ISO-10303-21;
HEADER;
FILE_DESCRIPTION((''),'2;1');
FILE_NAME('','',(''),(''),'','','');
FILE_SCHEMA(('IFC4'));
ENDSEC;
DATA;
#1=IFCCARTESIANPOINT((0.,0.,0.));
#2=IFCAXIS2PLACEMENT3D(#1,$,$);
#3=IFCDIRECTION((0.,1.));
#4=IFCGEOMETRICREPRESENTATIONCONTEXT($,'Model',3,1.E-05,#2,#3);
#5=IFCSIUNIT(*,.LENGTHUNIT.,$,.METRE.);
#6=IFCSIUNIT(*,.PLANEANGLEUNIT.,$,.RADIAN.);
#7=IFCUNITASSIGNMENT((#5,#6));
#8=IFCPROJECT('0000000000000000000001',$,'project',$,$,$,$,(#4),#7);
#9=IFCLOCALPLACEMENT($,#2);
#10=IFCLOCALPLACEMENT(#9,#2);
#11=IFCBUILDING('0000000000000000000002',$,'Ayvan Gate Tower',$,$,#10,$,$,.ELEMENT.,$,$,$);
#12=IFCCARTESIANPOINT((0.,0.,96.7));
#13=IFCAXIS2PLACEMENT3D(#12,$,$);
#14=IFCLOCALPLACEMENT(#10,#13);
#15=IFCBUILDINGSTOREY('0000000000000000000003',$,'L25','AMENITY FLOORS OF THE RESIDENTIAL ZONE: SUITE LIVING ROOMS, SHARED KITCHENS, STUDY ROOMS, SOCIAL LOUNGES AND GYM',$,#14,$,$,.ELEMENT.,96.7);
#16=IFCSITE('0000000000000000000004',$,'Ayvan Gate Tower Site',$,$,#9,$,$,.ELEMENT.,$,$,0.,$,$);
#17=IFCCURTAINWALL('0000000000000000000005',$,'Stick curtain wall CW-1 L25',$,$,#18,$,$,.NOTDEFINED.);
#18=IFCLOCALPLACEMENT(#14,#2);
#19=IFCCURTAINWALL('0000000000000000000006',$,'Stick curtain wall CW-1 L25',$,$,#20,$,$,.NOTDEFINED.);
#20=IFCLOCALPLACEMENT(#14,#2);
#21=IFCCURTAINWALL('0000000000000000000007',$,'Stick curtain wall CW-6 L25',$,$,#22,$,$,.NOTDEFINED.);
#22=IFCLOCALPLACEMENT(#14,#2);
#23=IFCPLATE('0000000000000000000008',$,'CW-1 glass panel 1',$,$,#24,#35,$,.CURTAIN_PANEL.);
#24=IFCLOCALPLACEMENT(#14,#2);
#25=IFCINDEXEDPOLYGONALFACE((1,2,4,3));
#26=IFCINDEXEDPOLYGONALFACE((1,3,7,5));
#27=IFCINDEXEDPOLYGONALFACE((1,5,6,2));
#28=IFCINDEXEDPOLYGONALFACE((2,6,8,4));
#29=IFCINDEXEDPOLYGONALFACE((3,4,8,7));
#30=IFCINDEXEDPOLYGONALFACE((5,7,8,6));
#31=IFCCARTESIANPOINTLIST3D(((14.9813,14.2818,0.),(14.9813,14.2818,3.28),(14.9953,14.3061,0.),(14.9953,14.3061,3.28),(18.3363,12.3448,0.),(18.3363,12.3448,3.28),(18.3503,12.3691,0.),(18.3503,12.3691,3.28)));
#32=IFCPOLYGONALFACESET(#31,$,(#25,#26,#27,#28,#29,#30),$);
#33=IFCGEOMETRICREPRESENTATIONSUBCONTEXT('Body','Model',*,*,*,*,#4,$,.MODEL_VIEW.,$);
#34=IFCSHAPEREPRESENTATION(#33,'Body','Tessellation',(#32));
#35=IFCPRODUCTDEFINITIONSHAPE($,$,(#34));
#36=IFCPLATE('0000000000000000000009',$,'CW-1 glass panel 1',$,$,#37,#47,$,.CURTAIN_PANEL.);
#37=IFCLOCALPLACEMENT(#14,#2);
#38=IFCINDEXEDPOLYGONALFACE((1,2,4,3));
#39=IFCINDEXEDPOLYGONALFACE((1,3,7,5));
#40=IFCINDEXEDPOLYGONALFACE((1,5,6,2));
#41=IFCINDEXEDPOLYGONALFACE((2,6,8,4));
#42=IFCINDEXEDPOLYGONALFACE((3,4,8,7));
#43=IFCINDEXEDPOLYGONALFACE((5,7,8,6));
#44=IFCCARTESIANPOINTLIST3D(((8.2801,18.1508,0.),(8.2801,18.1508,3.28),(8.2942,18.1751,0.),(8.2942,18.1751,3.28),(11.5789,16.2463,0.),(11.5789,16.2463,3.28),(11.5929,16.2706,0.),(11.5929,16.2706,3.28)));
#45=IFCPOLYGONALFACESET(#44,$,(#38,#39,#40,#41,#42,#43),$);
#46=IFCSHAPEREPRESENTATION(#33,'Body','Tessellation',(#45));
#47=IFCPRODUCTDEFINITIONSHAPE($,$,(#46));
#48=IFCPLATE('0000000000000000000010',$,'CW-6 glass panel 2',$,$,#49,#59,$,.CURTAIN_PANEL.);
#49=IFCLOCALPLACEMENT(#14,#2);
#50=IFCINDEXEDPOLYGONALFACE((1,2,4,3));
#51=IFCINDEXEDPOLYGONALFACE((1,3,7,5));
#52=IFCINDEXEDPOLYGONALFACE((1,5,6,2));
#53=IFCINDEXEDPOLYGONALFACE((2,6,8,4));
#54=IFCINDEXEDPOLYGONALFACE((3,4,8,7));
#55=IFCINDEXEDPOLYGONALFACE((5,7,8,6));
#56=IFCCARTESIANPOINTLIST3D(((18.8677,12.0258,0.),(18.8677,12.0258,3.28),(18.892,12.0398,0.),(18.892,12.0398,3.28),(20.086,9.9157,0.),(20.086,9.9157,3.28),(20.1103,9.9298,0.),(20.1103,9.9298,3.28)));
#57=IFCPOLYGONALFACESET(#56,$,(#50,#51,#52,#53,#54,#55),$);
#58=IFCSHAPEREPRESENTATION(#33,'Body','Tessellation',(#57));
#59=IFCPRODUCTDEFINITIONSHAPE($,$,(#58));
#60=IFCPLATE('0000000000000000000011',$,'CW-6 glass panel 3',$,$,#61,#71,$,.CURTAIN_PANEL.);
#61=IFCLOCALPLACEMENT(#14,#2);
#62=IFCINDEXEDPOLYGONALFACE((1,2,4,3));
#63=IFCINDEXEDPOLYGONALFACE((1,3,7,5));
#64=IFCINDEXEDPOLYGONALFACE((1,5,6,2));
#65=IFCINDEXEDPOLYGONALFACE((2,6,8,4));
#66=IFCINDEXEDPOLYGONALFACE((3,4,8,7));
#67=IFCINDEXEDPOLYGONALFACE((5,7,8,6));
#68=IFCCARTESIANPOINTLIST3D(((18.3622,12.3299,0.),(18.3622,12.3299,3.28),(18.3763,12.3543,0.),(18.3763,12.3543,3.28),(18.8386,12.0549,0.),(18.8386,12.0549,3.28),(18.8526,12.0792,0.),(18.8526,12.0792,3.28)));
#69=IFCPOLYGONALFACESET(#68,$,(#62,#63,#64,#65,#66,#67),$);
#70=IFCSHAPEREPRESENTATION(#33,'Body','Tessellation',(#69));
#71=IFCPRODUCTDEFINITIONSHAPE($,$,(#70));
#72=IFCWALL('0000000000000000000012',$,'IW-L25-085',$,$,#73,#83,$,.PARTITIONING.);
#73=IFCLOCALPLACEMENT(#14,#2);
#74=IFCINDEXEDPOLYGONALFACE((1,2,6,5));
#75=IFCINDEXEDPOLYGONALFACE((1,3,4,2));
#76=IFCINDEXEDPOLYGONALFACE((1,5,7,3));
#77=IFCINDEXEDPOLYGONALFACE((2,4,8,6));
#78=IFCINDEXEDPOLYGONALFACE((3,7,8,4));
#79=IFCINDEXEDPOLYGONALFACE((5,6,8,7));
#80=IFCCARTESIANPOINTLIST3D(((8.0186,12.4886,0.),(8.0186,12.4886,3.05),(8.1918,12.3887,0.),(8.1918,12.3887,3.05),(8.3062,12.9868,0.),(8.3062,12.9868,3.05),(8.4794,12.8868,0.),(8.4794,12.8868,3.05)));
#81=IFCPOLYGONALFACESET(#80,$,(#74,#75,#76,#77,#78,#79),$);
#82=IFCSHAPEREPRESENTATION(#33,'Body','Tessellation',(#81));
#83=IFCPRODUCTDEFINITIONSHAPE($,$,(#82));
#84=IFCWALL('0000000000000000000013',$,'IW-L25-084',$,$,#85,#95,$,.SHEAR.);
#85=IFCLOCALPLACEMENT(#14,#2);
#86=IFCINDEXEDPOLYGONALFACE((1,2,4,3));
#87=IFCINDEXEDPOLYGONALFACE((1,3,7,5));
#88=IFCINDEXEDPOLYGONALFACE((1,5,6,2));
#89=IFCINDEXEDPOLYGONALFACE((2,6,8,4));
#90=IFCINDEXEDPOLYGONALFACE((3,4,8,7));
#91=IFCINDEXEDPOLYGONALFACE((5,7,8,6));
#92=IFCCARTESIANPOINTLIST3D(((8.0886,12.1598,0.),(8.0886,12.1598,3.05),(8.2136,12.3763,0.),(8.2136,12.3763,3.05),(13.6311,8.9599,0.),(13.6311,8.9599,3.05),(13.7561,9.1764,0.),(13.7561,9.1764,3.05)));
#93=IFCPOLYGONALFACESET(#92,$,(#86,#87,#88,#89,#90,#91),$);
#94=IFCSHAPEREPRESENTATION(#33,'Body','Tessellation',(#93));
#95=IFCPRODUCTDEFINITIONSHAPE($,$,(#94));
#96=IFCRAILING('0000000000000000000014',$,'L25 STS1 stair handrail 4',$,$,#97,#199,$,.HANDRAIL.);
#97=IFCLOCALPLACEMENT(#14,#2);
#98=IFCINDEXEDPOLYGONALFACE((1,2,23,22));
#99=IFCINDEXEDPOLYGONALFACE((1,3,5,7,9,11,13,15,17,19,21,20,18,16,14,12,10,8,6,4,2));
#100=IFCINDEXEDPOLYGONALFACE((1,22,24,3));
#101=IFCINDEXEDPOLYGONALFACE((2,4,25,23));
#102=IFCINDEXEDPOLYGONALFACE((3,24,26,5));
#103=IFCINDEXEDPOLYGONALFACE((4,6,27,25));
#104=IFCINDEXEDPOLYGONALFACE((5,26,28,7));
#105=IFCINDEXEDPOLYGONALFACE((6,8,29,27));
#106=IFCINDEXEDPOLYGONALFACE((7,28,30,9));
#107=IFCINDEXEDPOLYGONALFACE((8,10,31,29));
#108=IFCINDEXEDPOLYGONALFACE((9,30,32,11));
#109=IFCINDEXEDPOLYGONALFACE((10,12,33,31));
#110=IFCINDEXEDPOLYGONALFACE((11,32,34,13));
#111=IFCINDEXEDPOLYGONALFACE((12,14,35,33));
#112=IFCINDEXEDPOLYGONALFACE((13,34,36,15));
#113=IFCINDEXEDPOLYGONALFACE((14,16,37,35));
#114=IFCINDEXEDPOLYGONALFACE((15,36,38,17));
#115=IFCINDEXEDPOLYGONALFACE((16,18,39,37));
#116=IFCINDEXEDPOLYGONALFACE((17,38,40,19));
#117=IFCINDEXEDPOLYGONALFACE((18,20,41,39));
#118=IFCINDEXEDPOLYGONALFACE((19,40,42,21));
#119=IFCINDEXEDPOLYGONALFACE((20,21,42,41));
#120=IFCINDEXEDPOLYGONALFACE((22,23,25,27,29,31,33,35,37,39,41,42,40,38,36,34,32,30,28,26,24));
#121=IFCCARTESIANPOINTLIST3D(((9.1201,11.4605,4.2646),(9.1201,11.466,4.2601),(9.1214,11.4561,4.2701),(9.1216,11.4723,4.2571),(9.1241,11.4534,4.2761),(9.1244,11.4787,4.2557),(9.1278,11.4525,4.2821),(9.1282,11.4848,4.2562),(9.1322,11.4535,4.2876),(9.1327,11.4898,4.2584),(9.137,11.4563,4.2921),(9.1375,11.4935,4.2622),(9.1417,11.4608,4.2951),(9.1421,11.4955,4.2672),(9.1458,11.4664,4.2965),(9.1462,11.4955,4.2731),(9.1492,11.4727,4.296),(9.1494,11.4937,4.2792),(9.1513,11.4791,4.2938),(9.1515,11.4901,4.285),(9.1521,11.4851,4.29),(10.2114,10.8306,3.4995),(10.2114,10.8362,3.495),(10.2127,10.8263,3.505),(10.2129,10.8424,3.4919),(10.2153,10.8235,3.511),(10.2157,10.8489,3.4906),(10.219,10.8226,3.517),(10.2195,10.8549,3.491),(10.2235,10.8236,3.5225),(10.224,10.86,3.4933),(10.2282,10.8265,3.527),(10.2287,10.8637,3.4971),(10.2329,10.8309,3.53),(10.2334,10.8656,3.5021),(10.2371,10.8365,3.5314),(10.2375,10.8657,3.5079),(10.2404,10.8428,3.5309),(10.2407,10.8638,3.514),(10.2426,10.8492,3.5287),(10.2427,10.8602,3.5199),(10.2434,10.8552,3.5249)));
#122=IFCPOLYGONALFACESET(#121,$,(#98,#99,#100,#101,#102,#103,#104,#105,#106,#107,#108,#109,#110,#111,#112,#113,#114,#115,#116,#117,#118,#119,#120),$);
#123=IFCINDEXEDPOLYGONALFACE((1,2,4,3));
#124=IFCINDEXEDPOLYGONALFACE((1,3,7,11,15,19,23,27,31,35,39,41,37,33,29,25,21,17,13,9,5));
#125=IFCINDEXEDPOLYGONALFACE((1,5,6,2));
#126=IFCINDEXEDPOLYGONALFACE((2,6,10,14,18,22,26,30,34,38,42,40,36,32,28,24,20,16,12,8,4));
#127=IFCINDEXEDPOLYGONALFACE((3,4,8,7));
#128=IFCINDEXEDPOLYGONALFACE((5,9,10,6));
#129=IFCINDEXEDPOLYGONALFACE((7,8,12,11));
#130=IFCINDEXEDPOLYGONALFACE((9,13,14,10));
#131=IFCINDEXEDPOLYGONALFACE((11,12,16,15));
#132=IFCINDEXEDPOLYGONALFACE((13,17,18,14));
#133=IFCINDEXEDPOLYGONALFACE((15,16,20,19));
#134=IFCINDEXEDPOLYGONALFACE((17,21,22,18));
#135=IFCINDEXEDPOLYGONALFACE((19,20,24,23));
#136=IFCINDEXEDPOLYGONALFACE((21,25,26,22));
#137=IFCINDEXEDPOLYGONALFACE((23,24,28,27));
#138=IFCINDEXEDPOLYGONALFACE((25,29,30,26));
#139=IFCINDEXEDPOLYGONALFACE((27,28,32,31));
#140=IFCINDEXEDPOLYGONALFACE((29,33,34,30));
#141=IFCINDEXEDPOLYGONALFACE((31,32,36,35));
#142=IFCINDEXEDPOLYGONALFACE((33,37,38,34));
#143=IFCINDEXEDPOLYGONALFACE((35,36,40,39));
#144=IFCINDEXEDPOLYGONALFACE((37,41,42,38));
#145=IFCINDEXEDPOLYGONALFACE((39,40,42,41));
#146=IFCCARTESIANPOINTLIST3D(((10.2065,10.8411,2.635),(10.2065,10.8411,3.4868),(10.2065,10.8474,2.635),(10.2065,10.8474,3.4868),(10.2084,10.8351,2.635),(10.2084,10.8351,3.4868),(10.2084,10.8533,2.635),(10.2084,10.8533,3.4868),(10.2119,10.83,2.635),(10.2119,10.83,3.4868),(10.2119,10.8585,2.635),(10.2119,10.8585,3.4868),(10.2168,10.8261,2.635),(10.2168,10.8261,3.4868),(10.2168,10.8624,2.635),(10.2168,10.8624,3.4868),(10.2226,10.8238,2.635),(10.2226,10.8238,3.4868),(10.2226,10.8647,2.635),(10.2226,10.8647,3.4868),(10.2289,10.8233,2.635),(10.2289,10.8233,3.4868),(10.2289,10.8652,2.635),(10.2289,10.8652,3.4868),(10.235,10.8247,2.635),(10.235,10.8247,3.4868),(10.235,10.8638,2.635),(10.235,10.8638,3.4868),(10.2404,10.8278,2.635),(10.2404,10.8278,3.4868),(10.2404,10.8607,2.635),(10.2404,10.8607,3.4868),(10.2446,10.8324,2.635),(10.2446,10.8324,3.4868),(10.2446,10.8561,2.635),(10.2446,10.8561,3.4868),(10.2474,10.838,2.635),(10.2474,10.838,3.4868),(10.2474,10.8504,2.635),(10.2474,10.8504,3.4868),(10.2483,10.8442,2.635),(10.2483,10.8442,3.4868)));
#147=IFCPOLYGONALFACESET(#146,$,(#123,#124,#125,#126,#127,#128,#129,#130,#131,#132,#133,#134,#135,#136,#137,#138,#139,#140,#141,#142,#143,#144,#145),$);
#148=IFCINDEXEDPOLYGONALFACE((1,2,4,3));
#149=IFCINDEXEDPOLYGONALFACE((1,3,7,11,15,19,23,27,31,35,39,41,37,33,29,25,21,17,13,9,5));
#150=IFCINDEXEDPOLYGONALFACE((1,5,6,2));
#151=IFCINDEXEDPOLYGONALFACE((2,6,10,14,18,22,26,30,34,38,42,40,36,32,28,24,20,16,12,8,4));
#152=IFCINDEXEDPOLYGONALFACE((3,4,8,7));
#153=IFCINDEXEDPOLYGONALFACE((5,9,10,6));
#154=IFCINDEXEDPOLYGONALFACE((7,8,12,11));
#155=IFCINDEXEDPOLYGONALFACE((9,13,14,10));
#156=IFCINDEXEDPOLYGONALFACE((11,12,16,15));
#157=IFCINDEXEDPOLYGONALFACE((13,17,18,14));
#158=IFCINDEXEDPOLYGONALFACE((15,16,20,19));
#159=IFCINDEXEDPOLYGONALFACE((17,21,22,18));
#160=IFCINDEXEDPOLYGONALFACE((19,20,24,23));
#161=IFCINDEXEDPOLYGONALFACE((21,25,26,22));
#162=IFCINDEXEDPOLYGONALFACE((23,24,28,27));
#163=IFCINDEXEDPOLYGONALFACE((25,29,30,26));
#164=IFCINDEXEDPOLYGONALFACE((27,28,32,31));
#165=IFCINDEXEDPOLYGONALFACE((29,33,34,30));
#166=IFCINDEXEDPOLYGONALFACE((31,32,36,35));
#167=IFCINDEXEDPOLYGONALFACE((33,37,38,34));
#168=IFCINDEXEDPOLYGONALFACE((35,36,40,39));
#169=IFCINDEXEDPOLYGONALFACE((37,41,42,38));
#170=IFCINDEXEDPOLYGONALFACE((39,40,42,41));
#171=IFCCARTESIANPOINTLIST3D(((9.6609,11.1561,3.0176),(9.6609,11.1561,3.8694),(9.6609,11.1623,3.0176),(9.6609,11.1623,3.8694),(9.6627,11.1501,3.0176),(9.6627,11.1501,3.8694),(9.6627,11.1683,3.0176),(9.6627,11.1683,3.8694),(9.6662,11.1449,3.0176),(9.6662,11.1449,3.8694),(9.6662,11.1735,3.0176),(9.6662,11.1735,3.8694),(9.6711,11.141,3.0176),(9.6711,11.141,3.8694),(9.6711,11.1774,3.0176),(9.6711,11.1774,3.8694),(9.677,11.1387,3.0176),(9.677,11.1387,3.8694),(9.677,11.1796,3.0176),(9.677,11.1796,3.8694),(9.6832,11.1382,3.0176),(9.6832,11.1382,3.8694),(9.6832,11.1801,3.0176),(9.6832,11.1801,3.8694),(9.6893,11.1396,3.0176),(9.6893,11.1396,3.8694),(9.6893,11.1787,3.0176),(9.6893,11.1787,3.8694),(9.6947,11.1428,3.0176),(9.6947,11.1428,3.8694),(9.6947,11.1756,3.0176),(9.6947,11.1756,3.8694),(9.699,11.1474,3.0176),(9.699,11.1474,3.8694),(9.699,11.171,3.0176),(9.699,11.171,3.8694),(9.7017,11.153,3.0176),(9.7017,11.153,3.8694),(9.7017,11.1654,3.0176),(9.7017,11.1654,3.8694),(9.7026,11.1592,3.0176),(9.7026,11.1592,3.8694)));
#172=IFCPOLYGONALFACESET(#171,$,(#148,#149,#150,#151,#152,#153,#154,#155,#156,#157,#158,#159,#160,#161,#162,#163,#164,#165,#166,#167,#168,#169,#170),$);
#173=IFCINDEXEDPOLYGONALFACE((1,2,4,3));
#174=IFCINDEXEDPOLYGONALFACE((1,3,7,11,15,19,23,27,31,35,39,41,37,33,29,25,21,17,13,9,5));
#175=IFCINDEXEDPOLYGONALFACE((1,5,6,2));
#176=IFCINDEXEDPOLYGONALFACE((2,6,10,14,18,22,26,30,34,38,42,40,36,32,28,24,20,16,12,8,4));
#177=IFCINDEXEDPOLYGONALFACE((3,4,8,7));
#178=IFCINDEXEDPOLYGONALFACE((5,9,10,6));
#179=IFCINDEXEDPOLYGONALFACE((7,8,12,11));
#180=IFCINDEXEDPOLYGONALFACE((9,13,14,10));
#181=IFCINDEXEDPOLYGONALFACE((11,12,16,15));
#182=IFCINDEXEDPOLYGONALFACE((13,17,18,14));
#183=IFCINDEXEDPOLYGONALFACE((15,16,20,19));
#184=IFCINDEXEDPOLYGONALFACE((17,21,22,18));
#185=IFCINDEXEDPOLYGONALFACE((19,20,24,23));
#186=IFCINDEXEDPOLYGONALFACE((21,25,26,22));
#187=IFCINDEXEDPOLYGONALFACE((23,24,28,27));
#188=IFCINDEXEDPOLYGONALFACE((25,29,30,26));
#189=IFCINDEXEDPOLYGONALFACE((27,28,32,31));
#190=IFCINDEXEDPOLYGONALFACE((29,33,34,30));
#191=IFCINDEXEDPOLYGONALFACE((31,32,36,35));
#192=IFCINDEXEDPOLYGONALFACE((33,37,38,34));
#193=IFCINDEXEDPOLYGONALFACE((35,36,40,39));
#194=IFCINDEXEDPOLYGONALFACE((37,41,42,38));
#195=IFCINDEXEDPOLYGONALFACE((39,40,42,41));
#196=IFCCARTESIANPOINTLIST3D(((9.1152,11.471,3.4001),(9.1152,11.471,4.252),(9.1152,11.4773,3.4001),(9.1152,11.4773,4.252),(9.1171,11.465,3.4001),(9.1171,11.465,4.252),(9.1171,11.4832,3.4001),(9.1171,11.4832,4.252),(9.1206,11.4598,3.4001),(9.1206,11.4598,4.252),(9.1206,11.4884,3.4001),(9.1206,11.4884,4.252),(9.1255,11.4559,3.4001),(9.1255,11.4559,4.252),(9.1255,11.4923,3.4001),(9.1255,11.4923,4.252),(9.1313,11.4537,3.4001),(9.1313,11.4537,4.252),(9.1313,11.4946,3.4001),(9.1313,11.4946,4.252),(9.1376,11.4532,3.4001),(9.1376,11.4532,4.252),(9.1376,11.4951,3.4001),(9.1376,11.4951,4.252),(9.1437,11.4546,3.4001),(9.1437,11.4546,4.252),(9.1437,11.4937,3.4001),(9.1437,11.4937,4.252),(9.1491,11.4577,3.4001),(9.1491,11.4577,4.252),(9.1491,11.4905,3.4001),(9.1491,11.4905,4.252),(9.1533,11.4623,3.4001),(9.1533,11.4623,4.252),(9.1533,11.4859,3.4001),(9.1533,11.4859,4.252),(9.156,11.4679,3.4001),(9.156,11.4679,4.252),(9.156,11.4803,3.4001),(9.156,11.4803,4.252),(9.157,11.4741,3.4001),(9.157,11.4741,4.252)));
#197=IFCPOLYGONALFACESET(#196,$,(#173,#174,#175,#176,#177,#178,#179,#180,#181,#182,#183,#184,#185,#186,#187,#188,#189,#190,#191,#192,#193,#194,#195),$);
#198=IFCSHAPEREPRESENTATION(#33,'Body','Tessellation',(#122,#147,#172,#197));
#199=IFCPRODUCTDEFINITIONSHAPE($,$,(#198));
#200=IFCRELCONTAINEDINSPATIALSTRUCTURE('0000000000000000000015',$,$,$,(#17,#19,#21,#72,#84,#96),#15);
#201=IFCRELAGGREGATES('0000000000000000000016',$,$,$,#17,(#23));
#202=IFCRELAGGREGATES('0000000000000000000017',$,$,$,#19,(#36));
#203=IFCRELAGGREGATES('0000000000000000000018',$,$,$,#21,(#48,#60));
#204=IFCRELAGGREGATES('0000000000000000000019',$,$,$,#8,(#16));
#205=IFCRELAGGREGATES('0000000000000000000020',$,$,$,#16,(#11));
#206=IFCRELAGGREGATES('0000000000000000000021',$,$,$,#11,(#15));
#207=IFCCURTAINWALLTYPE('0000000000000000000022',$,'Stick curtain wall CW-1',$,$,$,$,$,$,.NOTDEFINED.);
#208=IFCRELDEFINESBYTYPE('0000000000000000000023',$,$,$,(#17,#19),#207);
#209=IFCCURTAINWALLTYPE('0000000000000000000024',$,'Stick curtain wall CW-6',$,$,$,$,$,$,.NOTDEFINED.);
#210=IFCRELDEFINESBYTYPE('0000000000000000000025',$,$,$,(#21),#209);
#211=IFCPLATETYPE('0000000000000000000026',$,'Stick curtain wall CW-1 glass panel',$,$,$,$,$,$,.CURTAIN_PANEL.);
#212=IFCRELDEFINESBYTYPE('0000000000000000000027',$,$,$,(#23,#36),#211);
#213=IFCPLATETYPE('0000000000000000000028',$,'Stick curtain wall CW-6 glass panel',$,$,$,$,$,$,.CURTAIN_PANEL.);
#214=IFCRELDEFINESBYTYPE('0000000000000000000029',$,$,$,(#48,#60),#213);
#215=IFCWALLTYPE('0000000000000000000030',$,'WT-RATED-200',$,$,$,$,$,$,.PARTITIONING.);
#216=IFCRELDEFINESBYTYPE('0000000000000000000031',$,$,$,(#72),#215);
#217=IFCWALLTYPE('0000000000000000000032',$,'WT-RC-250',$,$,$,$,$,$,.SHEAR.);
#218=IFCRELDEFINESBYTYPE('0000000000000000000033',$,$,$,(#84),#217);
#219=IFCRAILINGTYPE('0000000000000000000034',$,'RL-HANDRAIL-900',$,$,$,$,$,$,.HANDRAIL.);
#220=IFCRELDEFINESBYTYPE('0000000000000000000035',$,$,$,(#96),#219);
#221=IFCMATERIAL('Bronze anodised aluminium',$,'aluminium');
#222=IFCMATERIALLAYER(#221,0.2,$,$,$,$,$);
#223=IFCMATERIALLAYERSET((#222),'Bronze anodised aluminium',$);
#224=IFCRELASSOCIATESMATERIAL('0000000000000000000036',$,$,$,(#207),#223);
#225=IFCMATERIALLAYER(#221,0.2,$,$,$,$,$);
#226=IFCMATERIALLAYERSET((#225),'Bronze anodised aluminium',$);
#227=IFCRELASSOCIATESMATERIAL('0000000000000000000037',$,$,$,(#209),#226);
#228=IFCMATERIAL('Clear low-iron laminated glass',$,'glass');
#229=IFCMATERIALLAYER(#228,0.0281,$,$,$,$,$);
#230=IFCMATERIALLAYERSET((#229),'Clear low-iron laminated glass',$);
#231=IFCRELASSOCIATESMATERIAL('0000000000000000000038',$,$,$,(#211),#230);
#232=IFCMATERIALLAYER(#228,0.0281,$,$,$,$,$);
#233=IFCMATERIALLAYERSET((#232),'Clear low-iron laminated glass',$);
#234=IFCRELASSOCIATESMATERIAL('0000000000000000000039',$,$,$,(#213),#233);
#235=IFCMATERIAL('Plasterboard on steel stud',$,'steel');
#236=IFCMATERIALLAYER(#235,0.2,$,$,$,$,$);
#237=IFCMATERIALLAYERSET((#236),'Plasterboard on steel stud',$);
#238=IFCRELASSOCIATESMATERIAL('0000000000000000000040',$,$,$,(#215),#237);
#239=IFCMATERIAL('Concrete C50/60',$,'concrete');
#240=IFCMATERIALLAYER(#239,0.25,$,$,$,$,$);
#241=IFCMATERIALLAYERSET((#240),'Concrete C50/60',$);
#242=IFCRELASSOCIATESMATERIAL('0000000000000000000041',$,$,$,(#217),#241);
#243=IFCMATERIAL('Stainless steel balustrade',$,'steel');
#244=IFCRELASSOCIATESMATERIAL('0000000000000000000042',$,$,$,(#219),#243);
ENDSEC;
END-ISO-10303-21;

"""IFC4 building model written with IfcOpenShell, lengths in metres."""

from ifc_helpers import new_model, si_unit, direction, frame, frame_2d, origin, origin_2d, place, context, subcontext, project, spatial, rectangle, circle, extrude, material, layer, layer_set, type_object, element, aggregate, save


model = new_model("IFC4")

# Units and contexts
model_context = context("Model", 3, precision=1e-05, world=origin(), true_north=direction((0.0, 1.0)))
body_context = subcontext(model_context, "Body", "Model", "MODEL_VIEW")
ifc_project = project(units=[si_unit("LENGTHUNIT", "METRE"), si_unit("PLANEANGLEUNIT", "RADIAN")], contexts=[model_context])

# Site, building, storey
site_placement = place(None, origin())
site = spatial("IfcSite", under=ifc_project, at=site_placement, Name="Ayvan Gate Tower Site", CompositionType="ELEMENT", RefElevation=0.0)
building_placement = place(site_placement, origin())
building = spatial("IfcBuilding", under=site, at=building_placement, Name="Ayvan Gate Tower", CompositionType="ELEMENT")
storey_placement = place(building_placement, frame((0.0, 0.0, 96.7)))
storey = spatial("IfcBuildingStorey", under=building, at=storey_placement, Name="L25", Description="AMENITY FLOORS OF THE RESIDENTIAL ZONE: SUITE LIVING ROOMS, SHARED KITCHENS, STUDY ROOMS, SOCIAL LOUNGES AND GYM", CompositionType="ELEMENT", Elevation=96.7)

# Curtain walls
ifc_material_1 = material(Name="Bronze anodised aluminium", Category="aluminium")
ifc_layer_1 = layer(ifc_material_1, 0.2)
ifc_layer_set_1 = layer_set([ifc_layer_1], Name="Bronze anodised aluminium")
curtain_wall_type_1 = type_object("IfcCurtainWallType", Name="Stick curtain wall CW-1", PredefinedType="NOTDEFINED", material=ifc_layer_set_1)
curtain_wall_1_placement = place(storey_placement, origin())
curtain_wall_1 = element("IfcCurtainWall", 1, at=curtain_wall_1_placement, inside=storey, type_object=curtain_wall_type_1, Name="Stick curtain wall CW-1 L25", PredefinedType="NOTDEFINED")
curtain_wall_2_placement = place(storey_placement, origin())
curtain_wall_2 = element("IfcCurtainWall", 2, at=curtain_wall_2_placement, inside=storey, type_object=curtain_wall_type_1, Name="Stick curtain wall CW-1 L25", PredefinedType="NOTDEFINED")

# Curtain wall
ifc_layer_2 = layer(ifc_material_1, 0.2)
ifc_layer_set_2 = layer_set([ifc_layer_2], Name="Bronze anodised aluminium")
curtain_wall_type_2 = type_object("IfcCurtainWallType", Name="Stick curtain wall CW-6", PredefinedType="NOTDEFINED", material=ifc_layer_set_2)
curtain_wall_3_placement = place(storey_placement, origin())
curtain_wall_3 = element("IfcCurtainWall", 3, at=curtain_wall_3_placement, inside=storey, type_object=curtain_wall_type_2, Name="Stick curtain wall CW-6 L25", PredefinedType="NOTDEFINED")

# Plates
ifc_material_2 = material(Name="Clear low-iron laminated glass", Category="glass")
ifc_layer_3 = layer(ifc_material_2, 0.0281)
ifc_layer_set_3 = layer_set([ifc_layer_3], Name="Clear low-iron laminated glass")
plate_type_1 = type_object("IfcPlateType", Name="Stick curtain wall CW-1 glass panel", PredefinedType="CURTAIN_PANEL", material=ifc_layer_set_3)
plate_1_placement = place(storey_placement, frame((16.6658, 13.3254, 0.0), z_axis=(0.0, 0.0, 1.0), x_axis=(-0.866025, 0.5, 0.0)))
plate_1 = element("IfcPlate", 4, at=plate_1_placement, type_object=plate_type_1, Name="CW-1 glass panel 1", PredefinedType="CURTAIN_PANEL", context=body_context, shape_type="SweptSolid", body=[
    extrude(rectangle(XDim=3.874, YDim=0.0281, at=origin_2d()), origin(), (0.0, 0.0, 1.0), 3.28),
])
aggregate(curtain_wall_1, [plate_1])
plate_2_placement = place(storey_placement, frame((9.9365, 17.2107, 0.0), z_axis=(0.0, 0.0, 1.0), x_axis=(-0.866025, 0.5, 0.0)))
plate_2 = element("IfcPlate", 5, at=plate_2_placement, type_object=plate_type_1, Name="CW-1 glass panel 1", PredefinedType="CURTAIN_PANEL", context=body_context, shape_type="SweptSolid", body=[
    extrude(rectangle(XDim=3.8091, YDim=0.0281, at=origin_2d()), origin(), (0.0, 0.0, 1.0), 3.28),
])
aggregate(curtain_wall_2, [plate_2])
ifc_layer_4 = layer(ifc_material_2, 0.0281)
ifc_layer_set_4 = layer_set([ifc_layer_4], Name="Clear low-iron laminated glass")
plate_type_2 = type_object("IfcPlateType", Name="Stick curtain wall CW-6 glass panel", PredefinedType="CURTAIN_PANEL", material=ifc_layer_set_4)
plate_3_placement = place(storey_placement, frame((19.489, 10.9778, 0.0), z_axis=(0.0, 0.0, 1.0), x_axis=(-0.5, 0.866025, 0.0)))
plate_3 = element("IfcPlate", 6, at=plate_3_placement, type_object=plate_type_2, Name="CW-6 glass panel 2", PredefinedType="CURTAIN_PANEL", context=body_context, shape_type="SweptSolid", body=[
    extrude(rectangle(XDim=2.4365, YDim=0.0281, at=origin_2d()), origin(), (0.0, 0.0, 1.0), 3.28),
])
plate_4_placement = place(storey_placement, frame((18.6074, 12.2046, 0.0), z_axis=(0.0, 0.0, 1.0), x_axis=(-0.866025, 0.5, 0.0)))
plate_4 = element("IfcPlate", 7, at=plate_4_placement, type_object=plate_type_2, Name="CW-6 glass panel 3", PredefinedType="CURTAIN_PANEL", context=body_context, shape_type="SweptSolid", body=[
    extrude(rectangle(XDim=0.55, YDim=0.0281, at=origin_2d()), origin(), (0.0, 0.0, 1.0), 3.28),
])
aggregate(curtain_wall_3, [plate_3, plate_4])

# Walls
ifc_material_3 = material(Name="Plasterboard on steel stud", Category="steel")
ifc_layer_5 = layer(ifc_material_3, 0.2)
ifc_layer_set_5 = layer_set([ifc_layer_5], Name="Plasterboard on steel stud")
wall_type_1 = type_object("IfcWallType", Name="WT-RATED-200", PredefinedType="PARTITIONING", material=ifc_layer_set_5)
wall_1_placement = place(storey_placement, frame((8.3928, 12.9368, 0.0), z_axis=(0.0, 0.0, 1.0), x_axis=(-0.500065, -0.865988, 0.0)))
element("IfcWall", 8, at=wall_1_placement, inside=storey, type_object=wall_type_1, Name="IW-L25-085", PredefinedType="PARTITIONING", context=body_context, shape_type="SweptSolid", body=[
    extrude(rectangle(XDim=0.5752, YDim=0.2, at=frame_2d((0.2876, 0.0))), origin(), (0.0, 0.0, 1.0), 3.05),
])
ifc_material_4 = material(Name="Concrete C50/60", Category="concrete")
ifc_layer_6 = layer(ifc_material_4, 0.25)
ifc_layer_set_6 = layer_set([ifc_layer_6], Name="Concrete C50/60")
wall_type_2 = type_object("IfcWallType", Name="WT-RC-250", PredefinedType="SHEAR", material=ifc_layer_set_6)
wall_2_placement = place(storey_placement, frame((8.1511, 12.2681, 0.0), z_axis=(0.0, 0.0, 1.0), x_axis=(0.866025, -0.5, 0.0)))
element("IfcWall", 9, at=wall_2_placement, inside=storey, type_object=wall_type_2, Name="IW-L25-084", PredefinedType="SHEAR", context=body_context, shape_type="SweptSolid", body=[
    extrude(rectangle(XDim=6.3999, YDim=0.25, at=frame_2d((3.2, 0.0))), origin(), (0.0, 0.0, 1.0), 3.05),
])

# Railing
ifc_material_5 = material(Name="Stainless steel balustrade", Category="steel")
railing_type_1 = type_object("IfcRailingType", Name="RL-HANDRAIL-900", PredefinedType="HANDRAIL", material=ifc_material_5)
railing_1_placement = place(storey_placement, frame((10.2273, 10.8442, 2.635)))
element("IfcRailing", 10, at=railing_1_placement, inside=storey, type_object=railing_type_1, Name="L25 STS1 stair handrail 4", PredefinedType="HANDRAIL", context=body_context, shape_type="SweptSolid", body=[
    extrude(circle(Radius=0.0239, at=origin_2d()), frame((0.0, 0.0, 0.876), z_axis=(-0.740293, 0.427283, 0.519033), x_axis=(-0.49989, -0.866089, 0.0)), (0.0, 0.0, 1.0), 1.4741),
    extrude(circle(Radius=0.021, at=origin_2d()), origin(), (0.0, 0.0, 1.0), 0.8518),
    extrude(circle(Radius=0.021, at=origin_2d()), frame((-0.5457, 0.3149, 0.3826)), (0.0, 0.0, 1.0), 0.8518),
    extrude(circle(Radius=0.021, at=origin_2d()), frame((-1.0913, 0.6299, 0.7651)), (0.0, 0.0, 1.0), 0.8518),
])

save(model, "model.ifc")
